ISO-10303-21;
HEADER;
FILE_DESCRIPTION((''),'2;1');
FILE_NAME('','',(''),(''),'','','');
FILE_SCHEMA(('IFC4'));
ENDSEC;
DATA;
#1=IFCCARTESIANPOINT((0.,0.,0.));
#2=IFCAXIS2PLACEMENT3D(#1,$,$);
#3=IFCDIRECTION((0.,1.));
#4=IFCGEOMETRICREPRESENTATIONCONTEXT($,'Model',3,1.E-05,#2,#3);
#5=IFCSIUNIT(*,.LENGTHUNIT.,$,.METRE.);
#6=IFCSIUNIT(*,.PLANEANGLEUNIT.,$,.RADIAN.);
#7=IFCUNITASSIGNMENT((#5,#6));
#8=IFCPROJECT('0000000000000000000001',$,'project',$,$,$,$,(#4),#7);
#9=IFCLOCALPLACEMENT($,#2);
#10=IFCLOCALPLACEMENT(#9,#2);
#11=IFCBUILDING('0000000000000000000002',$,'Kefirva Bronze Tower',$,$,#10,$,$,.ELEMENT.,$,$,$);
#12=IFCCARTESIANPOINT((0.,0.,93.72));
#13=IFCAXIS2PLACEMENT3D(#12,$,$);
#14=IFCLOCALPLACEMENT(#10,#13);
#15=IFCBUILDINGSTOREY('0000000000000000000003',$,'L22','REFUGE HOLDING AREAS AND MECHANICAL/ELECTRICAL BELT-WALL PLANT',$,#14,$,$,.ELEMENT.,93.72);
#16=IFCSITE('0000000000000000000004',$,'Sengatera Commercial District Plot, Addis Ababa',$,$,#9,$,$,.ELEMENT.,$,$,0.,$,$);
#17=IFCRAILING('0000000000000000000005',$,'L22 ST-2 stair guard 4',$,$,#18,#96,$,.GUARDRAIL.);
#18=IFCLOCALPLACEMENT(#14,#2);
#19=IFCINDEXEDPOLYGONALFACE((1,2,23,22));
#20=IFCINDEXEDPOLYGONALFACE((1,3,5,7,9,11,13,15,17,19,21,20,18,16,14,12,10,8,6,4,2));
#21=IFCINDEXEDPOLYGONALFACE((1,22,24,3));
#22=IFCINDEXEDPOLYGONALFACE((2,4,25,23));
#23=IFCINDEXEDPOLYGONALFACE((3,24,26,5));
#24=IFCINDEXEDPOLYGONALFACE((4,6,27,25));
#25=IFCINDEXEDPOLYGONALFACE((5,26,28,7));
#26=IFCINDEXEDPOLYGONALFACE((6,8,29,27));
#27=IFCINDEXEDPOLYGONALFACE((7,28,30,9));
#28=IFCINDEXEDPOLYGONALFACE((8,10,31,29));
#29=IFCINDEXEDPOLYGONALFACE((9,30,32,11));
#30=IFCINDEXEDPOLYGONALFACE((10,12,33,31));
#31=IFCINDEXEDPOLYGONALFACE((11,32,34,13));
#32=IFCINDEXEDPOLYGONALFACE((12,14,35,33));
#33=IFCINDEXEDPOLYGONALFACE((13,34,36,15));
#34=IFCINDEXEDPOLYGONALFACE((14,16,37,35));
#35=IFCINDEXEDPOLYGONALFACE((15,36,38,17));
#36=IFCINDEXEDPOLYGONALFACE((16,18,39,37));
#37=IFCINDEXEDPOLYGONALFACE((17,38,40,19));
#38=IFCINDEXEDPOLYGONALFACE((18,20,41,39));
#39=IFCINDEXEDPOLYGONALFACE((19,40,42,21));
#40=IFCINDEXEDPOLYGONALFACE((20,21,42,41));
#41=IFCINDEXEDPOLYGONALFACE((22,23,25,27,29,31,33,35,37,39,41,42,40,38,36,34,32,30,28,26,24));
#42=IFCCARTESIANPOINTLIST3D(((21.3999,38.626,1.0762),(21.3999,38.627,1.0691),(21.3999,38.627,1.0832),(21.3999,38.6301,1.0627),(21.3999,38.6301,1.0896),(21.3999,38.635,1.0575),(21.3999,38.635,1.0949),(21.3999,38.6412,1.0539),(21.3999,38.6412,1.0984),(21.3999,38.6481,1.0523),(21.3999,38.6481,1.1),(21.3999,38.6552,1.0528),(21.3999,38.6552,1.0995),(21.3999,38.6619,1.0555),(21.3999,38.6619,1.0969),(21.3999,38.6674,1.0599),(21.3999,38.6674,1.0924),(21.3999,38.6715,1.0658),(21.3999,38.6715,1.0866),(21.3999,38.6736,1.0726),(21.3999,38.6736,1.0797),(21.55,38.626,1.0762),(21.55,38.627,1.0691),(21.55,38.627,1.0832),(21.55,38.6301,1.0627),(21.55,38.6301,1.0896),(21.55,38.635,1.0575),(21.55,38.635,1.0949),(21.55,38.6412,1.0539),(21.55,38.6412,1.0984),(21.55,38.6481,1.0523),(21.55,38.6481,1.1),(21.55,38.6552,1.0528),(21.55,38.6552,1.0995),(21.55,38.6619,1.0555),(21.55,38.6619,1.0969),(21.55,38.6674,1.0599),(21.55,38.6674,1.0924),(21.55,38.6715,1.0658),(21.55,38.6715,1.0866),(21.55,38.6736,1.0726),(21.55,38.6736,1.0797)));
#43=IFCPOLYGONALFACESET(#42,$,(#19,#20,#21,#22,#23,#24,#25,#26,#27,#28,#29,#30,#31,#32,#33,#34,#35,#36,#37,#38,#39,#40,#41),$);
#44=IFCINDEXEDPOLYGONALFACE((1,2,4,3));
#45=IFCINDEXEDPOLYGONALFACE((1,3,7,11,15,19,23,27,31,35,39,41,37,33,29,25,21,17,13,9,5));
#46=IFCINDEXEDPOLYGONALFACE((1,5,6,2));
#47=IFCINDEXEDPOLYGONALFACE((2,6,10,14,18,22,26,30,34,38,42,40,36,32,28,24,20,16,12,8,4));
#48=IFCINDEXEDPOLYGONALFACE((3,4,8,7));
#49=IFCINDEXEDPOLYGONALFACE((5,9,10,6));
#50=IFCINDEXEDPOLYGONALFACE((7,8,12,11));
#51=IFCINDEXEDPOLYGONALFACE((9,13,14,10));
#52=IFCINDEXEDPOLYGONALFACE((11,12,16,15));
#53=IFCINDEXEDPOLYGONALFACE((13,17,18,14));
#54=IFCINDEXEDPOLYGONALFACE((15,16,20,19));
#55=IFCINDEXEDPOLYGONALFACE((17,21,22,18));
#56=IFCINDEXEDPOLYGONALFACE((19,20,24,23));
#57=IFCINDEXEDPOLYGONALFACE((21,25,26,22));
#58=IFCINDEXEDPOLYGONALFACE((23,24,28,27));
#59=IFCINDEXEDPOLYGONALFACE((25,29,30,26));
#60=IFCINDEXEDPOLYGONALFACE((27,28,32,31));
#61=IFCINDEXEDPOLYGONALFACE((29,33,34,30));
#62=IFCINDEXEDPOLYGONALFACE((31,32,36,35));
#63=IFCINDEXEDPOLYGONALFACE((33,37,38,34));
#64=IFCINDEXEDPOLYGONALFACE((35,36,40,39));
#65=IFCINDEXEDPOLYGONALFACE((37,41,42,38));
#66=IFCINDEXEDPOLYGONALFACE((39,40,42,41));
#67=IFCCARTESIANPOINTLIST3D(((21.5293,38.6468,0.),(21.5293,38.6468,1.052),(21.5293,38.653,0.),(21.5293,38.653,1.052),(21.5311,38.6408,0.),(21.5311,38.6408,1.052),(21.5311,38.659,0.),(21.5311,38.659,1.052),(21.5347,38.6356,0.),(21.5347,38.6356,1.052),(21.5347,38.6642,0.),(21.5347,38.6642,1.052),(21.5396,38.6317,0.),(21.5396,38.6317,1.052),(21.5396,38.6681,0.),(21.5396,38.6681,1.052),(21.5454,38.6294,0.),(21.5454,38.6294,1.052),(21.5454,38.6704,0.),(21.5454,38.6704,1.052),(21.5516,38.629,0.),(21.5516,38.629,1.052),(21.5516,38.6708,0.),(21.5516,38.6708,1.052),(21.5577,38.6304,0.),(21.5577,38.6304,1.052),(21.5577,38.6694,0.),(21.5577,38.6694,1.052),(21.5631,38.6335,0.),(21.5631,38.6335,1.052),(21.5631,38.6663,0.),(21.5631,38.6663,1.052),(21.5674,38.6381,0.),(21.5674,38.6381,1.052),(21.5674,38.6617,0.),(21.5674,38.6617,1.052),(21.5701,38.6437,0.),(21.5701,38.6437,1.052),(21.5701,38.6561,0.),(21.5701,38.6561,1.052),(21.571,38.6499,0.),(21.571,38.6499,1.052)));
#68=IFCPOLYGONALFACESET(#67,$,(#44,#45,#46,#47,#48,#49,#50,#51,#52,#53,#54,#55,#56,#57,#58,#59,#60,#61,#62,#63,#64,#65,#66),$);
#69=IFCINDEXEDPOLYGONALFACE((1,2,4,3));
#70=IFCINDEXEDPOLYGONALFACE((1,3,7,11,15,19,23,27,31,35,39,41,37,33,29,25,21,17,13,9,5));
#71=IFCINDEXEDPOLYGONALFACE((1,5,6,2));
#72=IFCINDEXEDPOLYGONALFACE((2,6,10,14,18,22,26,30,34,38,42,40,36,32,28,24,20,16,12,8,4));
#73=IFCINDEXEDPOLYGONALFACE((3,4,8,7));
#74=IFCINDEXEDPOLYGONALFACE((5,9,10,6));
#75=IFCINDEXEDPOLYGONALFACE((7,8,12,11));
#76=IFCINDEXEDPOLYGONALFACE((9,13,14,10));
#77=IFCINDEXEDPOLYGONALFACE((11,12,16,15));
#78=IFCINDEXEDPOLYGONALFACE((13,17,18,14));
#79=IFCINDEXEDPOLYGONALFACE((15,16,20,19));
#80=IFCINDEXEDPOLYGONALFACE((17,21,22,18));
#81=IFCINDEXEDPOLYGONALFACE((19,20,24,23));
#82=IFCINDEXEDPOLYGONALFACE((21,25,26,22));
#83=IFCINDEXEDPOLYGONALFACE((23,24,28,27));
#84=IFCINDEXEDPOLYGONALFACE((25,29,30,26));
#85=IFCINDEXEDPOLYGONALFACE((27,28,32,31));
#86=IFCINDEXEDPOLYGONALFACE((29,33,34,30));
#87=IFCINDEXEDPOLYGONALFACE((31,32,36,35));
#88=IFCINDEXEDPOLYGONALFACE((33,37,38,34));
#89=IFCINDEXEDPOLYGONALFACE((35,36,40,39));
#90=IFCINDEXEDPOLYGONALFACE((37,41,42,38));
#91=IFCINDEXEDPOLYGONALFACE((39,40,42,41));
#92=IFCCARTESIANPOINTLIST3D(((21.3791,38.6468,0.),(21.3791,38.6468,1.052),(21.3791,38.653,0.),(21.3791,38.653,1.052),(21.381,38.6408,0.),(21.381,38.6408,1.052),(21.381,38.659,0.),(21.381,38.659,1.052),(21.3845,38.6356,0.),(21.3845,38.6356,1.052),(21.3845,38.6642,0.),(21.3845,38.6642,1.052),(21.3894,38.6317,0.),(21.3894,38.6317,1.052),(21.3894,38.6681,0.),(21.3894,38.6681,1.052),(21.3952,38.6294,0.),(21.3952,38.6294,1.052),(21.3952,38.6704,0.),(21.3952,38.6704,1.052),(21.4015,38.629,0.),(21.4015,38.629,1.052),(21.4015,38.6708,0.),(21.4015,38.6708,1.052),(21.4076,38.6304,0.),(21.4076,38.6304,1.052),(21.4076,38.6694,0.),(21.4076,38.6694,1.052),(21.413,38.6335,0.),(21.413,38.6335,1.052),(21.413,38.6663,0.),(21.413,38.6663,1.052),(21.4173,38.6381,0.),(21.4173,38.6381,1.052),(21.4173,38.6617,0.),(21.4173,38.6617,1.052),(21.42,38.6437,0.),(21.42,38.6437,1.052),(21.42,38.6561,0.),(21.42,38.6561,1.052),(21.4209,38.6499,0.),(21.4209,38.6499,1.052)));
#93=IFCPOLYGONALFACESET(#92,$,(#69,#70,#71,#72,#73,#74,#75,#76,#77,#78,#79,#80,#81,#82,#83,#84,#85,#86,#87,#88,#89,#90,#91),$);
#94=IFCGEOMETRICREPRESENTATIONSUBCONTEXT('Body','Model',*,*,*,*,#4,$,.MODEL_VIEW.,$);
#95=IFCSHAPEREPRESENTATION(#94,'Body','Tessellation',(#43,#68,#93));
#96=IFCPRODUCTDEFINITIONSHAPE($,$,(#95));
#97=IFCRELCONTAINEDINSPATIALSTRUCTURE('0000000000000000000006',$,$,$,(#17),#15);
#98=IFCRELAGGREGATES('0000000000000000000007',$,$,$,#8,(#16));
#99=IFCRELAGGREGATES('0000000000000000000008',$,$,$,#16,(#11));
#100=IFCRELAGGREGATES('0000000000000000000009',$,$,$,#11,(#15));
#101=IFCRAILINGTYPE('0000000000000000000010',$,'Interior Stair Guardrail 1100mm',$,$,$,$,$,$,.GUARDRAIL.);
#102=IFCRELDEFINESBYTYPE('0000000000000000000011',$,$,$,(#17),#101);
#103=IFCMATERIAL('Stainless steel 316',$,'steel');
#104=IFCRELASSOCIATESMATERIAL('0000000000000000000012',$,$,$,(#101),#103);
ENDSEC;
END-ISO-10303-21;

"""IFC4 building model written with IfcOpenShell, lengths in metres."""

from ifc_helpers import new_model, si_unit, direction, frame, origin, origin_2d, place, context, subcontext, project, spatial, circle, extrude, material, type_object, element, save


model = new_model("IFC4")

# Units and contexts
model_context = context("Model", 3, precision=1e-05, world=origin(), true_north=direction((0.0, 1.0)))
body_context = subcontext(model_context, "Body", "Model", "MODEL_VIEW")
ifc_project = project(units=[si_unit("LENGTHUNIT", "METRE"), si_unit("PLANEANGLEUNIT", "RADIAN")], contexts=[model_context])

# Site, building, storey
site_placement = place(None, origin())
site = spatial("IfcSite", under=ifc_project, at=site_placement, Name="Sengatera Commercial District Plot, Addis Ababa", CompositionType="ELEMENT", RefElevation=0.0)
building_placement = place(site_placement, origin())
building = spatial("IfcBuilding", under=site, at=building_placement, Name="Kefirva Bronze Tower", CompositionType="ELEMENT")
storey_placement = place(building_placement, frame((0.0, 0.0, 93.72)))
storey = spatial("IfcBuildingStorey", under=building, at=storey_placement, Name="L22", Description="REFUGE HOLDING AREAS AND MECHANICAL/ELECTRICAL BELT-WALL PLANT", CompositionType="ELEMENT", Elevation=93.72)

# Railing
ifc_material_1 = material(Name="Stainless steel 316", Category="steel")
railing_type_1 = type_object("IfcRailingType", Name="Interior Stair Guardrail 1100mm", PredefinedType="GUARDRAIL", material=ifc_material_1)
railing_1_placement = place(storey_placement, frame((21.55, 38.6499, 0.0)))
element("IfcRailing", 1, at=railing_1_placement, inside=storey, type_object=railing_type_1, Name="L22 ST-2 stair guard 4", PredefinedType="GUARDRAIL", context=body_context, shape_type="SweptSolid", body=[
    extrude(circle(Radius=0.0239, at=origin_2d()), frame((0.0, 0.0, 1.0762), z_axis=(-1.0, 0.0, 0.0), x_axis=(0.0, -1.0, 0.0)), (0.0, 0.0, 1.0), 0.1501),
    extrude(circle(Radius=0.021, at=origin_2d()), origin(), (0.0, 0.0, 1.0), 1.052),
    extrude(circle(Radius=0.021, at=origin_2d()), frame((-0.1501, 0.0, 0.0)), (0.0, 0.0, 1.0), 1.052),
])

save(model, "model.ifc")
